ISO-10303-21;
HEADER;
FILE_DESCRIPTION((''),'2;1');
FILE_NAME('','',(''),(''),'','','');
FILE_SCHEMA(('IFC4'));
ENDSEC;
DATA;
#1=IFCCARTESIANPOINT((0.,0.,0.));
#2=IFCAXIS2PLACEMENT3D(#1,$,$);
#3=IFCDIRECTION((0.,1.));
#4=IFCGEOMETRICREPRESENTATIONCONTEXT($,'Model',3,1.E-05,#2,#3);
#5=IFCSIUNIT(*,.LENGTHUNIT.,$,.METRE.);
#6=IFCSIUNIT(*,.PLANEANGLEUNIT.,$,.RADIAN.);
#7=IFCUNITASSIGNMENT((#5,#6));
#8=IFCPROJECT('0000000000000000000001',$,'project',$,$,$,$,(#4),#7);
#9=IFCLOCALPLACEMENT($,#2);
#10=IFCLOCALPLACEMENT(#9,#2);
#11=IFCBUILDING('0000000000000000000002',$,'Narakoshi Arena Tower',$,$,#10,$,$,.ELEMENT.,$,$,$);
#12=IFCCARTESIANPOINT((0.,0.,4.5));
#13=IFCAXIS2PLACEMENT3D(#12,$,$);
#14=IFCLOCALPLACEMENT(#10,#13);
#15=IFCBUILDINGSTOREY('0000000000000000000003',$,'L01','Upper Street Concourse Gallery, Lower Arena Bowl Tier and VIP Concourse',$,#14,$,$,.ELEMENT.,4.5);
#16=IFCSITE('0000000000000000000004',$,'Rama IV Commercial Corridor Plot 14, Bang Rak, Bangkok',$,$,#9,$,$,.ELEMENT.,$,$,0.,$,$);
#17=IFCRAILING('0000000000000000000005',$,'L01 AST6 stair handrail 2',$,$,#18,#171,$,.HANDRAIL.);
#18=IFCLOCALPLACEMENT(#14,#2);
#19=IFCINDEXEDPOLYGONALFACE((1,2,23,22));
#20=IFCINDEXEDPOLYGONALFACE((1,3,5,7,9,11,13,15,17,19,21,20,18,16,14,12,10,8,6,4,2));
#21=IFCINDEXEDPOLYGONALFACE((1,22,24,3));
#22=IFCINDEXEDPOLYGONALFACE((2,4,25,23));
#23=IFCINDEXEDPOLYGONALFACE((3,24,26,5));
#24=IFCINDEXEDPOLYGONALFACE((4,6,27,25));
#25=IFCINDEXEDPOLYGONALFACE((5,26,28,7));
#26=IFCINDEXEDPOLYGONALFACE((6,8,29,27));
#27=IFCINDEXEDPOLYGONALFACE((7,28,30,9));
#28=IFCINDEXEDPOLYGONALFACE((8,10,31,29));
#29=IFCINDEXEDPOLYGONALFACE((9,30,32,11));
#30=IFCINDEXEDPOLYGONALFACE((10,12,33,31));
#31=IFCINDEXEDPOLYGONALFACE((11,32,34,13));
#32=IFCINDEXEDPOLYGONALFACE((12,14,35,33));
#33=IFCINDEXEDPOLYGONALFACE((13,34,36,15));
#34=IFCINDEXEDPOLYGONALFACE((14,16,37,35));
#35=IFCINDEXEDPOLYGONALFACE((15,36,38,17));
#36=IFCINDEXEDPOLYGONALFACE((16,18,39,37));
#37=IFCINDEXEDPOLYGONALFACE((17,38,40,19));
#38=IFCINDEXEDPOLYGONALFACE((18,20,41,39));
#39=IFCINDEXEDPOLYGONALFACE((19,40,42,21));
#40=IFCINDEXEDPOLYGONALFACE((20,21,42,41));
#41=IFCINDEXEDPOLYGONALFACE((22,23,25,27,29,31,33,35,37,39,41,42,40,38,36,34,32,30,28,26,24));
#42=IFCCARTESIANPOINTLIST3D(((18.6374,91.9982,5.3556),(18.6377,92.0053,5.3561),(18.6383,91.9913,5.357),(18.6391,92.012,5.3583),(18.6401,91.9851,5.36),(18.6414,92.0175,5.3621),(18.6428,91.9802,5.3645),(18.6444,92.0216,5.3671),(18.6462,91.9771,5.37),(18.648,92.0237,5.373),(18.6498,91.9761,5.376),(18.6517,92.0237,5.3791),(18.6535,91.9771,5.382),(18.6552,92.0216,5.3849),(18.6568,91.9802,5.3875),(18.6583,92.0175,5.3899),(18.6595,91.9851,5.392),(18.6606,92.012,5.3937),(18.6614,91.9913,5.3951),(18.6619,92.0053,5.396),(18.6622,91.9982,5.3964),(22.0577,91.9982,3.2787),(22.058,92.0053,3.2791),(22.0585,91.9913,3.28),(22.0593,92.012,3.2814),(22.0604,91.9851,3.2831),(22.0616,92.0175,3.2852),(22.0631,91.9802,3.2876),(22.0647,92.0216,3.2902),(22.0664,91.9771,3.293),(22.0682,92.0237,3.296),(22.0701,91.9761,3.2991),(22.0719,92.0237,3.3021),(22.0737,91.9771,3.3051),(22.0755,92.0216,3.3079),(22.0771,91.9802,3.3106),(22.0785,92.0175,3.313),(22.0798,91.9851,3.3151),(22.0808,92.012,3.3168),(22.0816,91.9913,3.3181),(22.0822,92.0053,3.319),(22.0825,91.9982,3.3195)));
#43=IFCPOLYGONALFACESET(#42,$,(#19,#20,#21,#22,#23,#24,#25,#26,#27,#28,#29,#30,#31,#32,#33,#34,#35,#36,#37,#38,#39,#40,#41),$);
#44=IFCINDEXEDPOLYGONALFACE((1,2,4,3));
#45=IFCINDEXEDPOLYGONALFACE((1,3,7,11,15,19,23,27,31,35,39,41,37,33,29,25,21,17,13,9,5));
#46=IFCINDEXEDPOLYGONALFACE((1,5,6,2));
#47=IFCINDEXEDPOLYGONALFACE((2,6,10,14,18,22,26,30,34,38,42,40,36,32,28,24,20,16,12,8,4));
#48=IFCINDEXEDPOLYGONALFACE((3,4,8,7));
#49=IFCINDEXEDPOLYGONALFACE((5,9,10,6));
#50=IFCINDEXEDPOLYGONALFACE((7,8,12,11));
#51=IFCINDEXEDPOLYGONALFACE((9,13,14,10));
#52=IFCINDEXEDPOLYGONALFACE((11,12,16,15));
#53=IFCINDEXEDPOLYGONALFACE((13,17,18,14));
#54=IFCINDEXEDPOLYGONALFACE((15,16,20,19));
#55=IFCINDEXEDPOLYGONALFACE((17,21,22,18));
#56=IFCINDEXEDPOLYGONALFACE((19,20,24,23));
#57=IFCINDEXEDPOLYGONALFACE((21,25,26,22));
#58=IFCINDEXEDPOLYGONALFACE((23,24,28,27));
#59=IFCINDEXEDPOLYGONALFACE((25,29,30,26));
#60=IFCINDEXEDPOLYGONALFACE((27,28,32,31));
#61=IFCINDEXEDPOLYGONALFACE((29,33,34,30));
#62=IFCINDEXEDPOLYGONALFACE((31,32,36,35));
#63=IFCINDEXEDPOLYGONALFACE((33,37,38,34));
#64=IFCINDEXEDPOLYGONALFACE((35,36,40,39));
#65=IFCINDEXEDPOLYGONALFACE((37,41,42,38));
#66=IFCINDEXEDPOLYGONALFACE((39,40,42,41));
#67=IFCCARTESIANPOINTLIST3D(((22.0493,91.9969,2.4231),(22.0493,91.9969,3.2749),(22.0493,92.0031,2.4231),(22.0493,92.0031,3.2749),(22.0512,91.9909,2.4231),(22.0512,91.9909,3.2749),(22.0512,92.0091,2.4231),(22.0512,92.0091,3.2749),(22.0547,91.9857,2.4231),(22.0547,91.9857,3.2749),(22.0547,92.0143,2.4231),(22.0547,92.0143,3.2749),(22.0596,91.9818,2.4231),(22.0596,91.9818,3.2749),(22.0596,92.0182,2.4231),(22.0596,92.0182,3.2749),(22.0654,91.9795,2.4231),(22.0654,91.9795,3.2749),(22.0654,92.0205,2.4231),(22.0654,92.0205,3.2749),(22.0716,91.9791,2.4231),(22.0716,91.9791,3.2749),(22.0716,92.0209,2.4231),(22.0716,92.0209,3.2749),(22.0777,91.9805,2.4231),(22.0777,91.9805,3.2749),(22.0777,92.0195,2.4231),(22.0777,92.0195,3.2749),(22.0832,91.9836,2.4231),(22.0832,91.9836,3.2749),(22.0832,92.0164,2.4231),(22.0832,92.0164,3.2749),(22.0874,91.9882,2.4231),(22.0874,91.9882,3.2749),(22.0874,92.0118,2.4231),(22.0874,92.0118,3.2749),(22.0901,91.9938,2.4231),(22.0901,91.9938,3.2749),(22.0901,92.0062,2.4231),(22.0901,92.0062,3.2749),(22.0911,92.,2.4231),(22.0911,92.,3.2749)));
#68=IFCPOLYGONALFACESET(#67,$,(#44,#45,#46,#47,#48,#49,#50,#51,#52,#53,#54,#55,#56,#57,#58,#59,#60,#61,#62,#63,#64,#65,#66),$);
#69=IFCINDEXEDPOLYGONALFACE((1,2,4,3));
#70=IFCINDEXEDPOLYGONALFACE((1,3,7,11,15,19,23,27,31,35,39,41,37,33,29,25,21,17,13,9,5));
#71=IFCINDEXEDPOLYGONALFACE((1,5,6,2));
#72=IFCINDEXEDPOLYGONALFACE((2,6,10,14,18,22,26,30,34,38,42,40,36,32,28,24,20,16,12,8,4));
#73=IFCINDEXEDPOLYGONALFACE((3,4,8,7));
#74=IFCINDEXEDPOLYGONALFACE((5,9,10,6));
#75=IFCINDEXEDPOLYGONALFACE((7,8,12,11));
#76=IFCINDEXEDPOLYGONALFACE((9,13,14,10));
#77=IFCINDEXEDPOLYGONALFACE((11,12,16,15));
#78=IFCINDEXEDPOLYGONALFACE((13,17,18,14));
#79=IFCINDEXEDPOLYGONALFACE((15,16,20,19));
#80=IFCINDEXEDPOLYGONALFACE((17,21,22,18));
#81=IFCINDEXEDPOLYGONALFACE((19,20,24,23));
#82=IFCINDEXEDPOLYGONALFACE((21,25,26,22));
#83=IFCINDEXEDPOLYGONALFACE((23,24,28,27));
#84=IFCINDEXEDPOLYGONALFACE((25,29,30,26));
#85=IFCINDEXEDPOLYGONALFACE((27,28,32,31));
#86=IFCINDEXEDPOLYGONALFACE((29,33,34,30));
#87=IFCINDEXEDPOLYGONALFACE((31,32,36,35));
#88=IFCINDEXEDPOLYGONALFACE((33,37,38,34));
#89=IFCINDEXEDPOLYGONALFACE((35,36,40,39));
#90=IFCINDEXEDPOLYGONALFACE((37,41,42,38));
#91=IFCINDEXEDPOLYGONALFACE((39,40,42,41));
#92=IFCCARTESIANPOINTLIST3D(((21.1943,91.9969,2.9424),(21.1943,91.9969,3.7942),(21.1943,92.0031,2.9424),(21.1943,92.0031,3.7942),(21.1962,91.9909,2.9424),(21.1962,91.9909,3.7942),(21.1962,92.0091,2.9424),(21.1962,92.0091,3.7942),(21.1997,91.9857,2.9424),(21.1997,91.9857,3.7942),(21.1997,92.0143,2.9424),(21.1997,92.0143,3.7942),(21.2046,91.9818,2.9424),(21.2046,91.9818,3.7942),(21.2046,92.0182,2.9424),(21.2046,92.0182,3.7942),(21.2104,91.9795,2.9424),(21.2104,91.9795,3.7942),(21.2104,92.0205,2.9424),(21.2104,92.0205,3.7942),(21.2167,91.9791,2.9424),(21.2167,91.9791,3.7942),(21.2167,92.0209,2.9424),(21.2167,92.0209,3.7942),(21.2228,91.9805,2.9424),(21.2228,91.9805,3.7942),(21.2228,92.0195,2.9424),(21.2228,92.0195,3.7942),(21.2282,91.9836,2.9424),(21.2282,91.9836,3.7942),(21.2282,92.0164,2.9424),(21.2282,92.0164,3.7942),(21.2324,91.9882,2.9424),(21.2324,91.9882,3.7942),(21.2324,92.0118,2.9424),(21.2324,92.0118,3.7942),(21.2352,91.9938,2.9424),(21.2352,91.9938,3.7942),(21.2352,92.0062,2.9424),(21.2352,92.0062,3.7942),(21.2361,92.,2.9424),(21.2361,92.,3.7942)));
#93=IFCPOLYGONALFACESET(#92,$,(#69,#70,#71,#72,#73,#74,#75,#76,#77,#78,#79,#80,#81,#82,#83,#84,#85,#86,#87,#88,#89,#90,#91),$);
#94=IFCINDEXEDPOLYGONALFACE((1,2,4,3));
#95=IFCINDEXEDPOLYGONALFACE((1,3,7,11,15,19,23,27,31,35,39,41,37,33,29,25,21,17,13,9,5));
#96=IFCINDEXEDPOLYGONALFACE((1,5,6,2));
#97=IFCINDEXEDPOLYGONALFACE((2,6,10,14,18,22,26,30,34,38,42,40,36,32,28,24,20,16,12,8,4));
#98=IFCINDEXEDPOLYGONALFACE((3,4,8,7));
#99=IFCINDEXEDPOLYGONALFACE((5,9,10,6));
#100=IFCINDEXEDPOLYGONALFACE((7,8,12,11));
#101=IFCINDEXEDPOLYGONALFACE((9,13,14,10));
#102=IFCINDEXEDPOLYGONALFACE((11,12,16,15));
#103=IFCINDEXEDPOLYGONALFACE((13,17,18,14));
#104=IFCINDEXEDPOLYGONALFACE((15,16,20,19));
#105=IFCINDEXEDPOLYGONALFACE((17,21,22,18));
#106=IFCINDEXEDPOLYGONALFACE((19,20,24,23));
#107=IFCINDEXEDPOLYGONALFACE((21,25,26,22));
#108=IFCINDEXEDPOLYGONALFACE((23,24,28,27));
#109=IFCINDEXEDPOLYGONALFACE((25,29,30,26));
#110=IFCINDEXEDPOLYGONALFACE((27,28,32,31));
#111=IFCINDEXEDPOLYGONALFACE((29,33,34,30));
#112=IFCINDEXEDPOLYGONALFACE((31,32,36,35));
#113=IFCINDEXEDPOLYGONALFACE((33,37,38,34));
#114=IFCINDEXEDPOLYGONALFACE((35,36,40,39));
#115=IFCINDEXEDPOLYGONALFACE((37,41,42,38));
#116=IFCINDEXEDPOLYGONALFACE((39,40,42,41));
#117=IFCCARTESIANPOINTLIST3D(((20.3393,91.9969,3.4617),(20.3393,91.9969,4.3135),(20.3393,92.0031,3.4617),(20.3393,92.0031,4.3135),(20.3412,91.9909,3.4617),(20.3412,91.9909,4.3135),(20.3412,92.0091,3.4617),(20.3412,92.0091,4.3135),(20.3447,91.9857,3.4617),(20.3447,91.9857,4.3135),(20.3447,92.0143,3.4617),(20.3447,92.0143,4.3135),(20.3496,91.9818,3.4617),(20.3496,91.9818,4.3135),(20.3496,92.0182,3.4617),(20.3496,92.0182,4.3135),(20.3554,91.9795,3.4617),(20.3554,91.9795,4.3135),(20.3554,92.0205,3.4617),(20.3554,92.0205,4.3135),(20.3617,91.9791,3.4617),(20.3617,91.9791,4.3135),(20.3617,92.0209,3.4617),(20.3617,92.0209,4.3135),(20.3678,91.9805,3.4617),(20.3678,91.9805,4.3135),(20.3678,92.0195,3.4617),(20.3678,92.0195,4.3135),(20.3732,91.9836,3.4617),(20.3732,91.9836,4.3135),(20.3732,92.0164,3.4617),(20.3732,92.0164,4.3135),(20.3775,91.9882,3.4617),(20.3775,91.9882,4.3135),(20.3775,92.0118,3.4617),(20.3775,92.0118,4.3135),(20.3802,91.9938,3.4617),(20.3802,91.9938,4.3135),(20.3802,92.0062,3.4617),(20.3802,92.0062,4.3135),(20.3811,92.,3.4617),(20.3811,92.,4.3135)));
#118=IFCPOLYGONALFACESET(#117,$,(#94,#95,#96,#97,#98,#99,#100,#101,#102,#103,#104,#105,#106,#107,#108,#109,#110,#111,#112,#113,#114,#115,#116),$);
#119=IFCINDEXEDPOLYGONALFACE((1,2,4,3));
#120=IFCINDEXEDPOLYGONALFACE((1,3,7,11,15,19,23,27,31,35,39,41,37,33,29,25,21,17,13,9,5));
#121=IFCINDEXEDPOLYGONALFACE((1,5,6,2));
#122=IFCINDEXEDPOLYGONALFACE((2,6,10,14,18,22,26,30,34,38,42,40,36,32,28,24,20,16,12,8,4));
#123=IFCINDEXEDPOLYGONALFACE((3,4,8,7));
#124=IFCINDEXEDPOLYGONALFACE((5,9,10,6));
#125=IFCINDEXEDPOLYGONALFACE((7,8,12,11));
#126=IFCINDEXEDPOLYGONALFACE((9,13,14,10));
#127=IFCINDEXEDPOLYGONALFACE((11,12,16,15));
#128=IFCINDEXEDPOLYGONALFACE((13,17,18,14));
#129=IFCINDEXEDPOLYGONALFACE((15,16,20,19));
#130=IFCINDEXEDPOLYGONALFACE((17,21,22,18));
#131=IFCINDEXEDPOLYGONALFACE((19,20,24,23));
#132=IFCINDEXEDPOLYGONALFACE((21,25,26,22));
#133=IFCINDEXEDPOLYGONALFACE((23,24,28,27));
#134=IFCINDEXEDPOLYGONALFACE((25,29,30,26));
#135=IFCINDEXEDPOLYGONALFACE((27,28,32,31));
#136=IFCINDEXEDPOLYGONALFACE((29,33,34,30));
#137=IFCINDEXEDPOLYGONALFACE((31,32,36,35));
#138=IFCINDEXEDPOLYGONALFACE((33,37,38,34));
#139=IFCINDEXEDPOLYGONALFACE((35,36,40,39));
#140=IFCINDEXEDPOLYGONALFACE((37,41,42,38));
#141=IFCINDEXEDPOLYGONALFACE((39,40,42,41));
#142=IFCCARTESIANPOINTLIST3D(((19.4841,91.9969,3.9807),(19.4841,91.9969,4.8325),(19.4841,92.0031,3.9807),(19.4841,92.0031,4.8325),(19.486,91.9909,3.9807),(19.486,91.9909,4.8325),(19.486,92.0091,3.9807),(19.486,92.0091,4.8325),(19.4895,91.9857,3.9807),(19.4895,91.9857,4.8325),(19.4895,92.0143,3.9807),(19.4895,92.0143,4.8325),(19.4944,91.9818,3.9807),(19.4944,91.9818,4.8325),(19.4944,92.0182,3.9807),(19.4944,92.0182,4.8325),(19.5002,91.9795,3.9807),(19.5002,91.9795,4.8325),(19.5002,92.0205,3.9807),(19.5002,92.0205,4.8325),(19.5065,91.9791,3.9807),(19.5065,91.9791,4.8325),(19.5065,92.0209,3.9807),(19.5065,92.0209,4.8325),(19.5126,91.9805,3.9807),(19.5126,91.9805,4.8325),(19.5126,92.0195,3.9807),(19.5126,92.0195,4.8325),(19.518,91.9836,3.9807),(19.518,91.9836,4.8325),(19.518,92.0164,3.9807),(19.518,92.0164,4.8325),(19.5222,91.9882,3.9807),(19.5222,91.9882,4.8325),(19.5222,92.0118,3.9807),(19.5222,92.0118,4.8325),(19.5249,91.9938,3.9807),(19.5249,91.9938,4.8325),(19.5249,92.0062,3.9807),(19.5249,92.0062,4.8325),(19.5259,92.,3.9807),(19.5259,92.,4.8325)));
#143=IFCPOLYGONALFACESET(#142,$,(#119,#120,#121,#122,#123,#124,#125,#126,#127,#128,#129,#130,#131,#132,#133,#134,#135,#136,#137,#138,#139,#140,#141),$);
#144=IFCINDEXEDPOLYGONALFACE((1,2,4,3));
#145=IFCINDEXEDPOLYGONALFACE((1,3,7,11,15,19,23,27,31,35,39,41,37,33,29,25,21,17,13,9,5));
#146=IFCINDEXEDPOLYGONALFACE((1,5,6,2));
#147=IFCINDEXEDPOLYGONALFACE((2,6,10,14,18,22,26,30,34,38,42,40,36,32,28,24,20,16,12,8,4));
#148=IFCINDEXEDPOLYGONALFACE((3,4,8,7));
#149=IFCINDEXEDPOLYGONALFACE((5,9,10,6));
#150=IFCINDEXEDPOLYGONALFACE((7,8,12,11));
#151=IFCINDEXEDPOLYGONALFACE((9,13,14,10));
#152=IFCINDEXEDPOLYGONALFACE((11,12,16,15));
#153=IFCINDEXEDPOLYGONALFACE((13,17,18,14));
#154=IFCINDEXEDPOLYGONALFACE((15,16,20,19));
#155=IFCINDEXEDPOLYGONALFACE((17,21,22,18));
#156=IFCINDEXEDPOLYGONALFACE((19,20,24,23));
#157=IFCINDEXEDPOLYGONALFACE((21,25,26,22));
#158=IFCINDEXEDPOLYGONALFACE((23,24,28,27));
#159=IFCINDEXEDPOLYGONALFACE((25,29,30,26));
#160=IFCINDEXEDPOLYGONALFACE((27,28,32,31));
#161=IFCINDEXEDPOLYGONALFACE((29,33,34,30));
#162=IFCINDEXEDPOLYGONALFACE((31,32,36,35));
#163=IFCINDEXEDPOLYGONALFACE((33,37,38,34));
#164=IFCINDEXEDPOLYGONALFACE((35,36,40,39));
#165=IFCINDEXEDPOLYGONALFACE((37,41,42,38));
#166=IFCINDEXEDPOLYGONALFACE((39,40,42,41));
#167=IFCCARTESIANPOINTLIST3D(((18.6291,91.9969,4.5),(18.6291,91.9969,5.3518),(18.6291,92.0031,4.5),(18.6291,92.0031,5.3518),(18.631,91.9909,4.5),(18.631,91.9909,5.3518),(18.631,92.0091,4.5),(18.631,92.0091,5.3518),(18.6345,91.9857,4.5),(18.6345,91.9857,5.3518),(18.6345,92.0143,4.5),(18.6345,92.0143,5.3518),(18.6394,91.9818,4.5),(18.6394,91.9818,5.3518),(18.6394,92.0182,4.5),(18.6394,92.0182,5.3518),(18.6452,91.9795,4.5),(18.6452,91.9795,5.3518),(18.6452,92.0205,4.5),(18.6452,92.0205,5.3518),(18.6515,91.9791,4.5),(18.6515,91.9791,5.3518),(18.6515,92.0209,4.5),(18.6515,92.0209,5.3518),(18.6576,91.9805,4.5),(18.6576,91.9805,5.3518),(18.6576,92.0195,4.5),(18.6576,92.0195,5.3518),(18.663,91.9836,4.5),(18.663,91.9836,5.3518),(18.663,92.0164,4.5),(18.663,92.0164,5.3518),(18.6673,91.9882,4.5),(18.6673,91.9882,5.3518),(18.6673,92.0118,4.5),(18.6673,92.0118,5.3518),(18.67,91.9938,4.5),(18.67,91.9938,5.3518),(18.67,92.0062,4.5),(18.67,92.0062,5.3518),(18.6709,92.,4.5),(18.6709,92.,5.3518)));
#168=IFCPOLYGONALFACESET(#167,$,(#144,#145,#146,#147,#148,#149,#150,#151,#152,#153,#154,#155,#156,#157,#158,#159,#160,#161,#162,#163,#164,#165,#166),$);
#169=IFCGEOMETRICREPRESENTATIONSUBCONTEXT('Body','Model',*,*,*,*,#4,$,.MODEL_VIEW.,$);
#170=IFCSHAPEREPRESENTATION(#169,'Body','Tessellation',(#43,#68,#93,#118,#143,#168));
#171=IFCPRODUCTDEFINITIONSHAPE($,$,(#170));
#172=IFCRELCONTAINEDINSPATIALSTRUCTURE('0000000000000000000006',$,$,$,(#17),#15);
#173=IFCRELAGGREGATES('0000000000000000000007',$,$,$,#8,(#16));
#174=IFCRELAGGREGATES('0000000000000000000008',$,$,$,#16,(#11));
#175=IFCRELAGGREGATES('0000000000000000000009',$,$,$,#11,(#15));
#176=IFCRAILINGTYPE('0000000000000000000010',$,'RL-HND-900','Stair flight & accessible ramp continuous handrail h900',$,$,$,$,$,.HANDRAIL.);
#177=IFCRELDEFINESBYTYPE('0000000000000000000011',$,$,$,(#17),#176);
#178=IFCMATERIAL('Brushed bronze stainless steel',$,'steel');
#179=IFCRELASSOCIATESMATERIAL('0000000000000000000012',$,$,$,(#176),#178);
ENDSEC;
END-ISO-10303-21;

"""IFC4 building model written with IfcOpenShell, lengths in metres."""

from ifc_helpers import new_model, si_unit, direction, frame, origin, origin_2d, place, context, subcontext, project, spatial, circle, extrude, material, type_object, element, save


model = new_model("IFC4")

# Units and contexts
model_context = context("Model", 3, precision=1e-05, world=origin(), true_north=direction((0.0, 1.0)))
body_context = subcontext(model_context, "Body", "Model", "MODEL_VIEW")
ifc_project = project(units=[si_unit("LENGTHUNIT", "METRE"), si_unit("PLANEANGLEUNIT", "RADIAN")], contexts=[model_context])

# Site, building, storey
site_placement = place(None, origin())
site = spatial("IfcSite", under=ifc_project, at=site_placement, Name="Rama IV Commercial Corridor Plot 14, Bang Rak, Bangkok", CompositionType="ELEMENT", RefElevation=0.0)
building_placement = place(site_placement, origin())
building = spatial("IfcBuilding", under=site, at=building_placement, Name="Narakoshi Arena Tower", CompositionType="ELEMENT")
storey_placement = place(building_placement, frame((0.0, 0.0, 4.5)))
storey = spatial("IfcBuildingStorey", under=building, at=storey_placement, Name="L01", Description="Upper Street Concourse Gallery, Lower Arena Bowl Tier and VIP Concourse", CompositionType="ELEMENT", Elevation=4.5)

# Railing
ifc_material_1 = material(Name="Brushed bronze stainless steel", Category="steel")
railing_type_1 = type_object("IfcRailingType", Name="RL-HND-900", Description="Stair flight & accessible ramp continuous handrail h900", PredefinedType="HANDRAIL", material=ifc_material_1)
railing_1_placement = place(storey_placement, frame((22.0701, 92.0, 2.4231)))
element("IfcRailing", 1, at=railing_1_placement, inside=storey, type_object=railing_type_1, Name="L01 AST6 stair handrail 2", PredefinedType="HANDRAIL", context=body_context, shape_type="SweptSolid", body=[
    extrude(circle(Radius=0.0239, at=origin_2d()), frame((0.0, 0.0, 0.876), z_axis=(-0.854746, 0.0, 0.519047), x_axis=(0.0, -1.0, 0.0)), (0.0, 0.0, 1.0), 4.0015),
    extrude(circle(Radius=0.021, at=origin_2d()), origin(), (0.0, 0.0, 1.0), 0.8518),
    extrude(circle(Radius=0.021, at=origin_2d()), frame((-0.855, 0.0, 0.5193)), (0.0, 0.0, 1.0), 0.8518),
    extrude(circle(Radius=0.021, at=origin_2d()), frame((-1.71, 0.0, 1.0386)), (0.0, 0.0, 1.0), 0.8518),
    extrude(circle(Radius=0.021, at=origin_2d()), frame((-2.5652, 0.0, 1.5576)), (0.0, 0.0, 1.0), 0.8518),
    extrude(circle(Radius=0.021, at=origin_2d()), frame((-3.4202, 0.0, 2.0769)), (0.0, 0.0, 1.0), 0.8518),
])

save(model, "model.ifc")
